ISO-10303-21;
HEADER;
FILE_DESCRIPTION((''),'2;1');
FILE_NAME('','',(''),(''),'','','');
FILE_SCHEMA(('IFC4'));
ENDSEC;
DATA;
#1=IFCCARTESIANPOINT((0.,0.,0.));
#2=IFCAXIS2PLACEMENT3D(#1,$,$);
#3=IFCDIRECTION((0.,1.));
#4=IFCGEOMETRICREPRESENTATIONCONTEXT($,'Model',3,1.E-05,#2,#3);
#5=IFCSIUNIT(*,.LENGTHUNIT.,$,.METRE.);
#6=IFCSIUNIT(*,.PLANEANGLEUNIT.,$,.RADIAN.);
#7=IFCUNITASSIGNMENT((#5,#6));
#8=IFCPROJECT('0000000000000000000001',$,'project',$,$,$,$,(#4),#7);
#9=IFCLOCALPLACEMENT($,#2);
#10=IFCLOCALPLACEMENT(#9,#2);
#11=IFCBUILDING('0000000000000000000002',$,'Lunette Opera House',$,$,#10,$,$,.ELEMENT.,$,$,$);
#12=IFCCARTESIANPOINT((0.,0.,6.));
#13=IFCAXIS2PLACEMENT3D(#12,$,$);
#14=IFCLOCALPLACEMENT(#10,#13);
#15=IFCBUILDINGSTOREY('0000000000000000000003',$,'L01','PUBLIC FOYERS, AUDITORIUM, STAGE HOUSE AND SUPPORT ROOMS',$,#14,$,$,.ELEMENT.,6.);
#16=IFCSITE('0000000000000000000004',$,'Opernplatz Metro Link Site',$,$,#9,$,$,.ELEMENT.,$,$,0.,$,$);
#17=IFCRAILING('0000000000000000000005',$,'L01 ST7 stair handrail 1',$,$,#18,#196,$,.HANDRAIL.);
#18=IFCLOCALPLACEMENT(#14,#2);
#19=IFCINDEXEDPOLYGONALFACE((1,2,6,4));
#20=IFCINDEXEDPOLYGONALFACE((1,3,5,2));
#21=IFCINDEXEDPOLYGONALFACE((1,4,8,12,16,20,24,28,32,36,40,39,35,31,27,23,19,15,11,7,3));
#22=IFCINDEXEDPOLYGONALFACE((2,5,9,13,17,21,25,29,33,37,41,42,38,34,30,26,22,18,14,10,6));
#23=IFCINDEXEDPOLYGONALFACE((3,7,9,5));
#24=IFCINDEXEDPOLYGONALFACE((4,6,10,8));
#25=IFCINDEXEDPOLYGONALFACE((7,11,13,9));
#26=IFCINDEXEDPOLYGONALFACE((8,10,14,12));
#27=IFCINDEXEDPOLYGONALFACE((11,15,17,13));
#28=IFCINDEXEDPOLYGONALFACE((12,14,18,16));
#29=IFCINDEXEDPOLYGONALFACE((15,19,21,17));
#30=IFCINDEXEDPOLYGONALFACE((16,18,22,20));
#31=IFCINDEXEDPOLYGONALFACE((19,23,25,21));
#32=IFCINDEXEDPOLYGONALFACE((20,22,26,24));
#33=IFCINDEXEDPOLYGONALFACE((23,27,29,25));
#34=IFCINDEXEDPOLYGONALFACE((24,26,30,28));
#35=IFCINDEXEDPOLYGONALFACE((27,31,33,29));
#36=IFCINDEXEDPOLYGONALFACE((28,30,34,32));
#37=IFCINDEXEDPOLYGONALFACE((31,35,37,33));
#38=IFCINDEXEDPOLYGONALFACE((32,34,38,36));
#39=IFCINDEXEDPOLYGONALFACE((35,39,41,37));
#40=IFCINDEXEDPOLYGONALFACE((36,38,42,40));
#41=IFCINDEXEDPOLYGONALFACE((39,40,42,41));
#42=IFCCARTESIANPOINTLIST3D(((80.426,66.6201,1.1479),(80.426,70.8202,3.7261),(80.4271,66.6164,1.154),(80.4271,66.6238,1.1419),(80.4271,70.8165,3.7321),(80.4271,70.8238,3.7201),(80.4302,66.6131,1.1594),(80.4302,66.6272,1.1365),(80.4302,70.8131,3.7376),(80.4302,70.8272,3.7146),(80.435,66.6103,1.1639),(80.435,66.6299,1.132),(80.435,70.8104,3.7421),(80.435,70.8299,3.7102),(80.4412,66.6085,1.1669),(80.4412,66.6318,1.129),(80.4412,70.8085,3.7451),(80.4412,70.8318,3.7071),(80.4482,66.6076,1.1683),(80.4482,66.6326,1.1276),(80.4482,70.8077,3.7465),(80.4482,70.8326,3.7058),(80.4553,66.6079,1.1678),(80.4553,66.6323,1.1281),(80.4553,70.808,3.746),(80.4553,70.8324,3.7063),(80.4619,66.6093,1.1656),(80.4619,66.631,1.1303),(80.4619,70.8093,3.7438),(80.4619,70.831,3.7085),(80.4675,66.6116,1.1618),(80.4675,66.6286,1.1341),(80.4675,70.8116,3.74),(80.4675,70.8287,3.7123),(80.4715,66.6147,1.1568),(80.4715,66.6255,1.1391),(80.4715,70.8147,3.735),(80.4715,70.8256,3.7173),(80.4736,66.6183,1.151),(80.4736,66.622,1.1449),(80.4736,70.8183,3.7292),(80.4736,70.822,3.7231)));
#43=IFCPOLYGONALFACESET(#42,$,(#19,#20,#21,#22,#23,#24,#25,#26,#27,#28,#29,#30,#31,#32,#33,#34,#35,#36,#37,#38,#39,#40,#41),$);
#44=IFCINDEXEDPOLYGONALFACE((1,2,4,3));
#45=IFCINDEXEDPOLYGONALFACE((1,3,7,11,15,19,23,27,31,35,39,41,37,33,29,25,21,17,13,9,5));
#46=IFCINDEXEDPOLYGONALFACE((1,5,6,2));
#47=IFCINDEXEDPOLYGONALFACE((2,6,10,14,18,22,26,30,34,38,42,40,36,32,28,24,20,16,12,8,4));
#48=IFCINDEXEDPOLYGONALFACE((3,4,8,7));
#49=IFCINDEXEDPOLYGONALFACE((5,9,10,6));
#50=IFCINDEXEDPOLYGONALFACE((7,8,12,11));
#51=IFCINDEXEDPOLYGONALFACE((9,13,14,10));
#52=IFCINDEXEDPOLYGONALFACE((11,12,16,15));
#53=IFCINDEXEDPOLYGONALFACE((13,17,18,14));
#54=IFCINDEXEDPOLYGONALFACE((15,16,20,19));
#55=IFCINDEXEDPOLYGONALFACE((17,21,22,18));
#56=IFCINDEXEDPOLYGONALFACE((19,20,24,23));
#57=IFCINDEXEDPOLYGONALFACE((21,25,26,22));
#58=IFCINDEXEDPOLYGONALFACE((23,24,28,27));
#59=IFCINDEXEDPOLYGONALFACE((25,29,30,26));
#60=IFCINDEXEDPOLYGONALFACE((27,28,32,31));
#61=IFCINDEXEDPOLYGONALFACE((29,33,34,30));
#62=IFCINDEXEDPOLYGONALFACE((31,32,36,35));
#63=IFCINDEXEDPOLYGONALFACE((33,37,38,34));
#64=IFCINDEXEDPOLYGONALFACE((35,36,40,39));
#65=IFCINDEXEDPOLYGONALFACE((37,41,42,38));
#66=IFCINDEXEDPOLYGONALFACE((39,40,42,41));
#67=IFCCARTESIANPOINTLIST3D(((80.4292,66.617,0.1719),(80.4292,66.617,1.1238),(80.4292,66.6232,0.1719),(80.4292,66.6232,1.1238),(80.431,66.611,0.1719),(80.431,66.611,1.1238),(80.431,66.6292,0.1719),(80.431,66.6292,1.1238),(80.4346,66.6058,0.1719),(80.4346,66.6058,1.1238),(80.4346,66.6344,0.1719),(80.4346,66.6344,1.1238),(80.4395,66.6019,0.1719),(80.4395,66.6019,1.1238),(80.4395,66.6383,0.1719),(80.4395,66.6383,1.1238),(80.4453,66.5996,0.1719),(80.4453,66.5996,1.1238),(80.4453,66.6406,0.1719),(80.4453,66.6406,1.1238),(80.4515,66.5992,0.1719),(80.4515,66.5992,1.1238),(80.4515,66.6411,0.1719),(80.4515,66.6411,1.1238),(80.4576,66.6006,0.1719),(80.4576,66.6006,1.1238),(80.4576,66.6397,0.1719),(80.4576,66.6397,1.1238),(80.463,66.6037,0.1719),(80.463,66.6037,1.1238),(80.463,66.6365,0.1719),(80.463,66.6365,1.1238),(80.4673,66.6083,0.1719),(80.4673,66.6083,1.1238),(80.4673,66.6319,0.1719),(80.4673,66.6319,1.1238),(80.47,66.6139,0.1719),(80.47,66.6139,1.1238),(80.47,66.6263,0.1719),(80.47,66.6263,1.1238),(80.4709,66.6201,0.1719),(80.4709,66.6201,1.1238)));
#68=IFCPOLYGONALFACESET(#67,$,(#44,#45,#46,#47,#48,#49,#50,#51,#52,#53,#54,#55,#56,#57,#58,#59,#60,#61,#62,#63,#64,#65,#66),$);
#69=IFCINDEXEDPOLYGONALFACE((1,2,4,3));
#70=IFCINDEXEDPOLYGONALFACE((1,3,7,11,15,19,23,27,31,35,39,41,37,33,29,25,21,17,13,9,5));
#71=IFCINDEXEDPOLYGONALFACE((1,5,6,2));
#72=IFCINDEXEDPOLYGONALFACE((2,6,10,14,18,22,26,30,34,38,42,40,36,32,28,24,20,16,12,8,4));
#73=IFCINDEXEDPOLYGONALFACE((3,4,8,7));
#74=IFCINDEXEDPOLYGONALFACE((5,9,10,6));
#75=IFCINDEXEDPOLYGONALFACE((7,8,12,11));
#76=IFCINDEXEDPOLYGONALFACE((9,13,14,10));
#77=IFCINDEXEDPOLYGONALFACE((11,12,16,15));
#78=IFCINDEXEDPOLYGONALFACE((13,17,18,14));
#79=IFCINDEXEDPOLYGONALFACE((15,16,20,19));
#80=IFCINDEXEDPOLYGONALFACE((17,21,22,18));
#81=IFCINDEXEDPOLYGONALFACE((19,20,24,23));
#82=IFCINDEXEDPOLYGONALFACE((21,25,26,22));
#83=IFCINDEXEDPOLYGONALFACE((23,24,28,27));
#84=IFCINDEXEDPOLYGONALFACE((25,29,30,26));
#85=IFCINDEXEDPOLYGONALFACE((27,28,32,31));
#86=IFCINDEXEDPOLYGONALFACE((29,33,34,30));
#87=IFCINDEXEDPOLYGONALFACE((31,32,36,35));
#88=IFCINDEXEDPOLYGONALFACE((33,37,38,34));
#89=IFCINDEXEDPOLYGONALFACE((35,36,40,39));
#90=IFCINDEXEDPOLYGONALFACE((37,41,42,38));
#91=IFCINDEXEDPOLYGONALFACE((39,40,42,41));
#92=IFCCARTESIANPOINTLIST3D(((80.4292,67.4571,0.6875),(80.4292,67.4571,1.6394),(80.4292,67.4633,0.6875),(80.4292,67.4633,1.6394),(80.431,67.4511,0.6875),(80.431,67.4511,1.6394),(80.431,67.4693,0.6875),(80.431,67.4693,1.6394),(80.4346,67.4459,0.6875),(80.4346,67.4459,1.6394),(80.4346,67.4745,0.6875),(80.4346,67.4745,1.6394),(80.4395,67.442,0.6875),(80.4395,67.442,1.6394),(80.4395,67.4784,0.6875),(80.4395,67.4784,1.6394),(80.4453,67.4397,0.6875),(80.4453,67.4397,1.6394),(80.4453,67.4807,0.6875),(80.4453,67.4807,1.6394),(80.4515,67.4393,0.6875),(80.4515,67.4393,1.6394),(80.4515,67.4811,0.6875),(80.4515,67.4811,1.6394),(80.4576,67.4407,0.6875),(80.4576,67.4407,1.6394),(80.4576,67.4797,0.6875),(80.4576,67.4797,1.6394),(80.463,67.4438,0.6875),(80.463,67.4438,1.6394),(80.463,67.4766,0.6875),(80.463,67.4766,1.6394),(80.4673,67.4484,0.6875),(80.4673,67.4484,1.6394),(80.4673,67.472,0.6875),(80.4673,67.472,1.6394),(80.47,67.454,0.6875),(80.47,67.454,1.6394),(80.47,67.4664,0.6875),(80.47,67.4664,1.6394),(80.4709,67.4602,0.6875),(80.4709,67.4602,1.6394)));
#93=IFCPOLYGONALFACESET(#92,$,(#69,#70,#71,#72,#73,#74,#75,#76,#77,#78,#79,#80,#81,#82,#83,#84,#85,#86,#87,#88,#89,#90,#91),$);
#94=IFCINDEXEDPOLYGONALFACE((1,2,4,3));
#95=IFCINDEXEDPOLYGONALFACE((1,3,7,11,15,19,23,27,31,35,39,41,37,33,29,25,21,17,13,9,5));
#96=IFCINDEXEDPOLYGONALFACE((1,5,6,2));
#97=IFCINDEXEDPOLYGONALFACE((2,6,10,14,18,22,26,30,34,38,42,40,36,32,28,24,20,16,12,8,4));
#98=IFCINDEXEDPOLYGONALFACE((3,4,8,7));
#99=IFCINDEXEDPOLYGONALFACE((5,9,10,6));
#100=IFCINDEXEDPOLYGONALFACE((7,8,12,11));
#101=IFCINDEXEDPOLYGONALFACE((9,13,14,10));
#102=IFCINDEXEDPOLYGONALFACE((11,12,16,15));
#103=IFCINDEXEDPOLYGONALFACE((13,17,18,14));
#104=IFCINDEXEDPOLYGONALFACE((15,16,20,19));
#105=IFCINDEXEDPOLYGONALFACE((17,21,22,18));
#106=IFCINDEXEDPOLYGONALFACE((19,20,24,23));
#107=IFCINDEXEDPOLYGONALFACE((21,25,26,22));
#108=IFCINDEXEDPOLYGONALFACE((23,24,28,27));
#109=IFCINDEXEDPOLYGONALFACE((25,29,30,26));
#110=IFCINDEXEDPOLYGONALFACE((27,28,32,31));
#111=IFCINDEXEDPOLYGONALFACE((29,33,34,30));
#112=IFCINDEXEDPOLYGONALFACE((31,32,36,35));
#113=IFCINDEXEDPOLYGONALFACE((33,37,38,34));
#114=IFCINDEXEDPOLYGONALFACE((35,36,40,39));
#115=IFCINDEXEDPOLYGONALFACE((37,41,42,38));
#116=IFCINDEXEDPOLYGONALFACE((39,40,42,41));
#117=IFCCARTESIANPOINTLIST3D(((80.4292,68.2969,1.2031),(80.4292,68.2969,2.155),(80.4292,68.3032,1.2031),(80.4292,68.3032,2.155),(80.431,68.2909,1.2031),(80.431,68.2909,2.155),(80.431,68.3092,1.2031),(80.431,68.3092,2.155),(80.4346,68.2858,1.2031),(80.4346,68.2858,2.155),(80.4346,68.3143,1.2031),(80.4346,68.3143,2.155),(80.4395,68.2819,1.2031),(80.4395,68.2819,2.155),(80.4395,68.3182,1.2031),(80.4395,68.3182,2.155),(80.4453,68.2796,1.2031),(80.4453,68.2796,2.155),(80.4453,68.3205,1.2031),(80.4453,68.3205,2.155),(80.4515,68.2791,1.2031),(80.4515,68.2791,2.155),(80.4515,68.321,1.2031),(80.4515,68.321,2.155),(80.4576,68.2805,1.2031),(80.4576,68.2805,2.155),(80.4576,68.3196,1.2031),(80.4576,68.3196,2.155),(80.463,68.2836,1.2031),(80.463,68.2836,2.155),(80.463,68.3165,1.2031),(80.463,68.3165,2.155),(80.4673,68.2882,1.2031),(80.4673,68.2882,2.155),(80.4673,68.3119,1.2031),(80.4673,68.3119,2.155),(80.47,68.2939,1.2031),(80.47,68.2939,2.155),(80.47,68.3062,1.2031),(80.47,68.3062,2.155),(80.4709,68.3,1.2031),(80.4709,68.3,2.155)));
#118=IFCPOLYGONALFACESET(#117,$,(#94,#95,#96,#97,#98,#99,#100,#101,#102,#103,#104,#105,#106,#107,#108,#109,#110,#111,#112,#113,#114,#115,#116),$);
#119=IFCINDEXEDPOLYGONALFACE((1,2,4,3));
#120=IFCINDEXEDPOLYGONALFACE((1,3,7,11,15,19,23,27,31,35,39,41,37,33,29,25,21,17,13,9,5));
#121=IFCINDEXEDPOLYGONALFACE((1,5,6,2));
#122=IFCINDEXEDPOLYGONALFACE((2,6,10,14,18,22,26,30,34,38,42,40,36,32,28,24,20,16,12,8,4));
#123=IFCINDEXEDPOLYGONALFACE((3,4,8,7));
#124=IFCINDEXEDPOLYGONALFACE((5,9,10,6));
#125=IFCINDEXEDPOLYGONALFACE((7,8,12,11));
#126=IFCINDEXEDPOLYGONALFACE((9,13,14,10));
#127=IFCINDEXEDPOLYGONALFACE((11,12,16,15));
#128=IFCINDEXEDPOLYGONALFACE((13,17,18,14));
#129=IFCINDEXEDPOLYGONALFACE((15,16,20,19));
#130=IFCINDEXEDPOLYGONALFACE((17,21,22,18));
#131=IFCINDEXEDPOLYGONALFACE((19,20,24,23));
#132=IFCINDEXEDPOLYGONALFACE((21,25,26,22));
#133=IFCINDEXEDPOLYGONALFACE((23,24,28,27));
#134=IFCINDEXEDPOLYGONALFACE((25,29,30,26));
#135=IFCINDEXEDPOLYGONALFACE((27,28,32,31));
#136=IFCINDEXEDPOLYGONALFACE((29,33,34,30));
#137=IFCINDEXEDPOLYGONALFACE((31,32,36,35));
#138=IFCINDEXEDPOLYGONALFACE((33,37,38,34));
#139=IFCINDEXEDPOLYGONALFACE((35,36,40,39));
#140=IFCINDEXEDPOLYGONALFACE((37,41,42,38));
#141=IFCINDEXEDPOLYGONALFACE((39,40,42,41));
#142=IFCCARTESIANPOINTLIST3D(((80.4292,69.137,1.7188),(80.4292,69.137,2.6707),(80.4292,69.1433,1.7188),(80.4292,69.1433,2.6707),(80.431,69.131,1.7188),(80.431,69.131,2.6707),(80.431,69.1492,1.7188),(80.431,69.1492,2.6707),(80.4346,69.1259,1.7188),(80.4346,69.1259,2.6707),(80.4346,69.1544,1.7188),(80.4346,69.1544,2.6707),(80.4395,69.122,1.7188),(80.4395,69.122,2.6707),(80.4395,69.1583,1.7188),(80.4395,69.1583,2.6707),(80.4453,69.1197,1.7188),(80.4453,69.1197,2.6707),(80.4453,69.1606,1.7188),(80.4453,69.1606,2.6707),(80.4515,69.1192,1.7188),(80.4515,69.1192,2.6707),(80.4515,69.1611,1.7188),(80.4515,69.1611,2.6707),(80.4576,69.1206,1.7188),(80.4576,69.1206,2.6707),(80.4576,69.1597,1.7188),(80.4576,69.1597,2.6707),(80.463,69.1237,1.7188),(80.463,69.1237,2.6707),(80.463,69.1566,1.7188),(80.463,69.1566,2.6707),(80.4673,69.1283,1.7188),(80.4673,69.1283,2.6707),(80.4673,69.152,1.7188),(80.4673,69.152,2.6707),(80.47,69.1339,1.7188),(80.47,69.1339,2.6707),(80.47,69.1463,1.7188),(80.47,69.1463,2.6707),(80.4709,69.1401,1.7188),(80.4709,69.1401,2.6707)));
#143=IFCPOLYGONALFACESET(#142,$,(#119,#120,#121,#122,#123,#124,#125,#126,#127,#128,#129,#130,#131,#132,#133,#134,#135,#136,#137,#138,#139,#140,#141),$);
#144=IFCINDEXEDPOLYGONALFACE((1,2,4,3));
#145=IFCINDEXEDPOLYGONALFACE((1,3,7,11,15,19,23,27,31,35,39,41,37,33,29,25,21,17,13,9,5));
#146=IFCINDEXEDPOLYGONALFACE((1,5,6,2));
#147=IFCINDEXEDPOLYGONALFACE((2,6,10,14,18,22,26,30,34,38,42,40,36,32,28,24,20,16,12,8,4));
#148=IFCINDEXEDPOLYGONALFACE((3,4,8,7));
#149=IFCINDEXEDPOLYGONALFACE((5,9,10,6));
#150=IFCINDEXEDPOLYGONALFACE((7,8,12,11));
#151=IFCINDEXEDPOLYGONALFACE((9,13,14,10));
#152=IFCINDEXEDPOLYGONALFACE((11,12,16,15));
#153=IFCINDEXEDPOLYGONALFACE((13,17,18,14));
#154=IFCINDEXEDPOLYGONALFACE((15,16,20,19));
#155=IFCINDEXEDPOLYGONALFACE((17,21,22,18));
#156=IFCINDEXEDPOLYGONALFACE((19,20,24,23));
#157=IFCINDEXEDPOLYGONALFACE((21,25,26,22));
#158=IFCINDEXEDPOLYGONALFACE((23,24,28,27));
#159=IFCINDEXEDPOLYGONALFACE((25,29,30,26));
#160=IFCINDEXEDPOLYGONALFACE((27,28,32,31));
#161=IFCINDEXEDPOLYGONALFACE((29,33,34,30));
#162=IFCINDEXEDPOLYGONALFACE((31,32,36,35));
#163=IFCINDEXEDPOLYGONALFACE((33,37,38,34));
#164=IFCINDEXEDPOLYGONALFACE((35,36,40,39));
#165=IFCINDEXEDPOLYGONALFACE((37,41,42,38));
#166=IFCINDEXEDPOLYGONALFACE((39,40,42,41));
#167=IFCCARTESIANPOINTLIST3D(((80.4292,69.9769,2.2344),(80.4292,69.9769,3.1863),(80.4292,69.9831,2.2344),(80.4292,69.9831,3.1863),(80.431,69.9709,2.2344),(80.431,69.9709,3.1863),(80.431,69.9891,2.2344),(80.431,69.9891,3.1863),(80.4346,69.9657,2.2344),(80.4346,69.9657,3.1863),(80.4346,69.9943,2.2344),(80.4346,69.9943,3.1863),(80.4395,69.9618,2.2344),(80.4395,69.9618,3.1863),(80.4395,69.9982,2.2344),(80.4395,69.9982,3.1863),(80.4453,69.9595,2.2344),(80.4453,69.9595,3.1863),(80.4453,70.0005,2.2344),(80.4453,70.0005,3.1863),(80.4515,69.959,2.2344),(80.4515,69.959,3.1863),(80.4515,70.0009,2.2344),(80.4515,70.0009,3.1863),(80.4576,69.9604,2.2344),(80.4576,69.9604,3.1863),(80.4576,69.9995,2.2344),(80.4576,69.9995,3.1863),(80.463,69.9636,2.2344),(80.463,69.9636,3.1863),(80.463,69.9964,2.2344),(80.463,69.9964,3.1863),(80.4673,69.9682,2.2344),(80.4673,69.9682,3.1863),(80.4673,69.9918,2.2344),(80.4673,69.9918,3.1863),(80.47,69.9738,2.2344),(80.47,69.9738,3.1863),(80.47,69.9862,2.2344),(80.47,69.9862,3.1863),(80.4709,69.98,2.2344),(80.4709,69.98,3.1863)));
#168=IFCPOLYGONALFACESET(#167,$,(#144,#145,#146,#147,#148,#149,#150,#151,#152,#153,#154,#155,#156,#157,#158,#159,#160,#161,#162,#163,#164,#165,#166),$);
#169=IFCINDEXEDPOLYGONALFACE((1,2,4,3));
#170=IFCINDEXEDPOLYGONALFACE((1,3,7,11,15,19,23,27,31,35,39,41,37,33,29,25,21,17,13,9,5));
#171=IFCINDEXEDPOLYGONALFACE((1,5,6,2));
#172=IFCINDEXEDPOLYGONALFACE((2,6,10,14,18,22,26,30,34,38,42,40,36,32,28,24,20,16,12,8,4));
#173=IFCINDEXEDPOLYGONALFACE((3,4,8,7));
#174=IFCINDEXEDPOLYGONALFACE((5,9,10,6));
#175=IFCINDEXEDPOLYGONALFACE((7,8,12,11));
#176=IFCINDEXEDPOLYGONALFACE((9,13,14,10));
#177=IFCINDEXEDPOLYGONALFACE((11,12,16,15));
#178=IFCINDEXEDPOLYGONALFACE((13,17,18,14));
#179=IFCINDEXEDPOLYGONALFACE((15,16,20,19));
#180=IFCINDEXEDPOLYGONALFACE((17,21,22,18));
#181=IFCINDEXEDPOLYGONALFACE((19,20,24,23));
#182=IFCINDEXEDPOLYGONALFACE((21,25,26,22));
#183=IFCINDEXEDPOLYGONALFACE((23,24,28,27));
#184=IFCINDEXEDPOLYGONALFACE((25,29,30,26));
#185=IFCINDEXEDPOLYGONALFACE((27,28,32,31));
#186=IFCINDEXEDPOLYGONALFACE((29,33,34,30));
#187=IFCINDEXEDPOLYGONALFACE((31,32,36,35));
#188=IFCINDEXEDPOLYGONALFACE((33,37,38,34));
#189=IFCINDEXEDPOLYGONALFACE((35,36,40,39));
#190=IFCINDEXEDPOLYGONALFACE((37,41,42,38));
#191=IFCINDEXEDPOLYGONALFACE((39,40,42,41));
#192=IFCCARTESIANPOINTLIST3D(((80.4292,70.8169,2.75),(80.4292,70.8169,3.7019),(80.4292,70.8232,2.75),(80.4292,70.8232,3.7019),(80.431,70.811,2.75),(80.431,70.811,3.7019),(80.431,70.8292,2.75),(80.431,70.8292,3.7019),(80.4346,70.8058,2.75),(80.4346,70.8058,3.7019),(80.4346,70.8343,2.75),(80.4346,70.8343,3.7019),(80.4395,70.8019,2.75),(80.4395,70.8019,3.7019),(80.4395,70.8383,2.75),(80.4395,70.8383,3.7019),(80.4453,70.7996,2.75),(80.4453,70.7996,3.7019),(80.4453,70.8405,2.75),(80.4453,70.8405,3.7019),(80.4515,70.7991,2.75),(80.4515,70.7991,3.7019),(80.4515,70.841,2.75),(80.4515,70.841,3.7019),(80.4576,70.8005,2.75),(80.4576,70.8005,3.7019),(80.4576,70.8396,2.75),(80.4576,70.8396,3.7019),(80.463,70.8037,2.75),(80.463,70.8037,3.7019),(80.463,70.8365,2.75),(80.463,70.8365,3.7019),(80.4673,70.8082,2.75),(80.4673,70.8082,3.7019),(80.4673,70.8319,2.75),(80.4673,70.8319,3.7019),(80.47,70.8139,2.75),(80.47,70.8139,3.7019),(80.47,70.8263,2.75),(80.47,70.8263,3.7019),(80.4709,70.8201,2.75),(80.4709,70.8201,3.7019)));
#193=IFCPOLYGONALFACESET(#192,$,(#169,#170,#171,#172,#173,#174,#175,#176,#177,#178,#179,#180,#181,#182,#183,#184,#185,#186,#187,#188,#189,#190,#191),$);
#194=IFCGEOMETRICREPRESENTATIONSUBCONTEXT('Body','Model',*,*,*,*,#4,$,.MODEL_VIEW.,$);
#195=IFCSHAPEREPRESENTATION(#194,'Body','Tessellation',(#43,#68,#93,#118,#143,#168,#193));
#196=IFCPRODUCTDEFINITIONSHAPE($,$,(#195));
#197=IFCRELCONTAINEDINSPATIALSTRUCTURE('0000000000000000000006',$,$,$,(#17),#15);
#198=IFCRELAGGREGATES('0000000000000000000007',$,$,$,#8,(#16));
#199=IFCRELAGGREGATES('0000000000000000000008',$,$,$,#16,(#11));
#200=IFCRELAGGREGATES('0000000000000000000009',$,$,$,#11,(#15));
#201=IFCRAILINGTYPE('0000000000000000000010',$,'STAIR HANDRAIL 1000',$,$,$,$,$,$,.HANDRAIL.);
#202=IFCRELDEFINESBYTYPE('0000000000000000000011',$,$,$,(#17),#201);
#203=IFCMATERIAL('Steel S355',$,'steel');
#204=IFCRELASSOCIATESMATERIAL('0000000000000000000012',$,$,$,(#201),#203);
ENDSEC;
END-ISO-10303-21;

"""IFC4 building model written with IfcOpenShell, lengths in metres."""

from ifc_helpers import new_model, si_unit, direction, frame, origin, origin_2d, place, context, subcontext, project, spatial, circle, extrude, material, type_object, element, save


model = new_model("IFC4")

# Units and contexts
model_context = context("Model", 3, precision=1e-05, world=origin(), true_north=direction((0.0, 1.0)))
body_context = subcontext(model_context, "Body", "Model", "MODEL_VIEW")
ifc_project = project(units=[si_unit("LENGTHUNIT", "METRE"), si_unit("PLANEANGLEUNIT", "RADIAN")], contexts=[model_context])

# Site, building, storey
site_placement = place(None, origin())
site = spatial("IfcSite", under=ifc_project, at=site_placement, Name="Opernplatz Metro Link Site", CompositionType="ELEMENT", RefElevation=0.0)
building_placement = place(site_placement, origin())
building = spatial("IfcBuilding", under=site, at=building_placement, Name="Lunette Opera House", CompositionType="ELEMENT")
storey_placement = place(building_placement, frame((0.0, 0.0, 6.0)))
storey = spatial("IfcBuildingStorey", under=building, at=storey_placement, Name="L01", Description="PUBLIC FOYERS, AUDITORIUM, STAGE HOUSE AND SUPPORT ROOMS", CompositionType="ELEMENT", Elevation=6.0)

# Railing
ifc_material_1 = material(Name="Steel S355", Category="steel")
railing_type = type_object("IfcRailingType", Name="STAIR HANDRAIL 1000", PredefinedType="HANDRAIL", material=ifc_material_1)
railing_placement = place(storey_placement, frame((80.45, 66.6201, 0.1719)))
element("IfcRailing", 1, at=railing_placement, inside=storey, type_object=railing_type, Name="L01 ST7 stair handrail 1", PredefinedType="HANDRAIL", context=body_context, shape_type="SweptSolid", body=[
    extrude(circle(Radius=0.0239, at=origin_2d()), frame((0.0, 0.0, 0.9761), z_axis=(0.0, 0.852243, 0.523146), x_axis=(-1.0, 0.0, 0.0)), (0.0, 0.0, 1.0), 4.9282),
    extrude(circle(Radius=0.021, at=origin_2d()), origin(), (0.0, 0.0, 1.0), 0.9519),
    extrude(circle(Radius=0.021, at=origin_2d()), frame((0.0, 0.8401, 0.5156)), (0.0, 0.0, 1.0), 0.9519),
    extrude(circle(Radius=0.021, at=origin_2d()), frame((0.0, 1.6799, 1.0312)), (0.0, 0.0, 1.0), 0.9519),
    extrude(circle(Radius=0.021, at=origin_2d()), frame((0.0, 2.52, 1.5469)), (0.0, 0.0, 1.0), 0.9519),
    extrude(circle(Radius=0.021, at=origin_2d()), frame((0.0, 3.3599, 2.0625)), (0.0, 0.0, 1.0), 0.9519),
    extrude(circle(Radius=0.021, at=origin_2d()), frame((0.0, 4.2, 2.5781)), (0.0, 0.0, 1.0), 0.9519),
])

save(model, "model.ifc")
